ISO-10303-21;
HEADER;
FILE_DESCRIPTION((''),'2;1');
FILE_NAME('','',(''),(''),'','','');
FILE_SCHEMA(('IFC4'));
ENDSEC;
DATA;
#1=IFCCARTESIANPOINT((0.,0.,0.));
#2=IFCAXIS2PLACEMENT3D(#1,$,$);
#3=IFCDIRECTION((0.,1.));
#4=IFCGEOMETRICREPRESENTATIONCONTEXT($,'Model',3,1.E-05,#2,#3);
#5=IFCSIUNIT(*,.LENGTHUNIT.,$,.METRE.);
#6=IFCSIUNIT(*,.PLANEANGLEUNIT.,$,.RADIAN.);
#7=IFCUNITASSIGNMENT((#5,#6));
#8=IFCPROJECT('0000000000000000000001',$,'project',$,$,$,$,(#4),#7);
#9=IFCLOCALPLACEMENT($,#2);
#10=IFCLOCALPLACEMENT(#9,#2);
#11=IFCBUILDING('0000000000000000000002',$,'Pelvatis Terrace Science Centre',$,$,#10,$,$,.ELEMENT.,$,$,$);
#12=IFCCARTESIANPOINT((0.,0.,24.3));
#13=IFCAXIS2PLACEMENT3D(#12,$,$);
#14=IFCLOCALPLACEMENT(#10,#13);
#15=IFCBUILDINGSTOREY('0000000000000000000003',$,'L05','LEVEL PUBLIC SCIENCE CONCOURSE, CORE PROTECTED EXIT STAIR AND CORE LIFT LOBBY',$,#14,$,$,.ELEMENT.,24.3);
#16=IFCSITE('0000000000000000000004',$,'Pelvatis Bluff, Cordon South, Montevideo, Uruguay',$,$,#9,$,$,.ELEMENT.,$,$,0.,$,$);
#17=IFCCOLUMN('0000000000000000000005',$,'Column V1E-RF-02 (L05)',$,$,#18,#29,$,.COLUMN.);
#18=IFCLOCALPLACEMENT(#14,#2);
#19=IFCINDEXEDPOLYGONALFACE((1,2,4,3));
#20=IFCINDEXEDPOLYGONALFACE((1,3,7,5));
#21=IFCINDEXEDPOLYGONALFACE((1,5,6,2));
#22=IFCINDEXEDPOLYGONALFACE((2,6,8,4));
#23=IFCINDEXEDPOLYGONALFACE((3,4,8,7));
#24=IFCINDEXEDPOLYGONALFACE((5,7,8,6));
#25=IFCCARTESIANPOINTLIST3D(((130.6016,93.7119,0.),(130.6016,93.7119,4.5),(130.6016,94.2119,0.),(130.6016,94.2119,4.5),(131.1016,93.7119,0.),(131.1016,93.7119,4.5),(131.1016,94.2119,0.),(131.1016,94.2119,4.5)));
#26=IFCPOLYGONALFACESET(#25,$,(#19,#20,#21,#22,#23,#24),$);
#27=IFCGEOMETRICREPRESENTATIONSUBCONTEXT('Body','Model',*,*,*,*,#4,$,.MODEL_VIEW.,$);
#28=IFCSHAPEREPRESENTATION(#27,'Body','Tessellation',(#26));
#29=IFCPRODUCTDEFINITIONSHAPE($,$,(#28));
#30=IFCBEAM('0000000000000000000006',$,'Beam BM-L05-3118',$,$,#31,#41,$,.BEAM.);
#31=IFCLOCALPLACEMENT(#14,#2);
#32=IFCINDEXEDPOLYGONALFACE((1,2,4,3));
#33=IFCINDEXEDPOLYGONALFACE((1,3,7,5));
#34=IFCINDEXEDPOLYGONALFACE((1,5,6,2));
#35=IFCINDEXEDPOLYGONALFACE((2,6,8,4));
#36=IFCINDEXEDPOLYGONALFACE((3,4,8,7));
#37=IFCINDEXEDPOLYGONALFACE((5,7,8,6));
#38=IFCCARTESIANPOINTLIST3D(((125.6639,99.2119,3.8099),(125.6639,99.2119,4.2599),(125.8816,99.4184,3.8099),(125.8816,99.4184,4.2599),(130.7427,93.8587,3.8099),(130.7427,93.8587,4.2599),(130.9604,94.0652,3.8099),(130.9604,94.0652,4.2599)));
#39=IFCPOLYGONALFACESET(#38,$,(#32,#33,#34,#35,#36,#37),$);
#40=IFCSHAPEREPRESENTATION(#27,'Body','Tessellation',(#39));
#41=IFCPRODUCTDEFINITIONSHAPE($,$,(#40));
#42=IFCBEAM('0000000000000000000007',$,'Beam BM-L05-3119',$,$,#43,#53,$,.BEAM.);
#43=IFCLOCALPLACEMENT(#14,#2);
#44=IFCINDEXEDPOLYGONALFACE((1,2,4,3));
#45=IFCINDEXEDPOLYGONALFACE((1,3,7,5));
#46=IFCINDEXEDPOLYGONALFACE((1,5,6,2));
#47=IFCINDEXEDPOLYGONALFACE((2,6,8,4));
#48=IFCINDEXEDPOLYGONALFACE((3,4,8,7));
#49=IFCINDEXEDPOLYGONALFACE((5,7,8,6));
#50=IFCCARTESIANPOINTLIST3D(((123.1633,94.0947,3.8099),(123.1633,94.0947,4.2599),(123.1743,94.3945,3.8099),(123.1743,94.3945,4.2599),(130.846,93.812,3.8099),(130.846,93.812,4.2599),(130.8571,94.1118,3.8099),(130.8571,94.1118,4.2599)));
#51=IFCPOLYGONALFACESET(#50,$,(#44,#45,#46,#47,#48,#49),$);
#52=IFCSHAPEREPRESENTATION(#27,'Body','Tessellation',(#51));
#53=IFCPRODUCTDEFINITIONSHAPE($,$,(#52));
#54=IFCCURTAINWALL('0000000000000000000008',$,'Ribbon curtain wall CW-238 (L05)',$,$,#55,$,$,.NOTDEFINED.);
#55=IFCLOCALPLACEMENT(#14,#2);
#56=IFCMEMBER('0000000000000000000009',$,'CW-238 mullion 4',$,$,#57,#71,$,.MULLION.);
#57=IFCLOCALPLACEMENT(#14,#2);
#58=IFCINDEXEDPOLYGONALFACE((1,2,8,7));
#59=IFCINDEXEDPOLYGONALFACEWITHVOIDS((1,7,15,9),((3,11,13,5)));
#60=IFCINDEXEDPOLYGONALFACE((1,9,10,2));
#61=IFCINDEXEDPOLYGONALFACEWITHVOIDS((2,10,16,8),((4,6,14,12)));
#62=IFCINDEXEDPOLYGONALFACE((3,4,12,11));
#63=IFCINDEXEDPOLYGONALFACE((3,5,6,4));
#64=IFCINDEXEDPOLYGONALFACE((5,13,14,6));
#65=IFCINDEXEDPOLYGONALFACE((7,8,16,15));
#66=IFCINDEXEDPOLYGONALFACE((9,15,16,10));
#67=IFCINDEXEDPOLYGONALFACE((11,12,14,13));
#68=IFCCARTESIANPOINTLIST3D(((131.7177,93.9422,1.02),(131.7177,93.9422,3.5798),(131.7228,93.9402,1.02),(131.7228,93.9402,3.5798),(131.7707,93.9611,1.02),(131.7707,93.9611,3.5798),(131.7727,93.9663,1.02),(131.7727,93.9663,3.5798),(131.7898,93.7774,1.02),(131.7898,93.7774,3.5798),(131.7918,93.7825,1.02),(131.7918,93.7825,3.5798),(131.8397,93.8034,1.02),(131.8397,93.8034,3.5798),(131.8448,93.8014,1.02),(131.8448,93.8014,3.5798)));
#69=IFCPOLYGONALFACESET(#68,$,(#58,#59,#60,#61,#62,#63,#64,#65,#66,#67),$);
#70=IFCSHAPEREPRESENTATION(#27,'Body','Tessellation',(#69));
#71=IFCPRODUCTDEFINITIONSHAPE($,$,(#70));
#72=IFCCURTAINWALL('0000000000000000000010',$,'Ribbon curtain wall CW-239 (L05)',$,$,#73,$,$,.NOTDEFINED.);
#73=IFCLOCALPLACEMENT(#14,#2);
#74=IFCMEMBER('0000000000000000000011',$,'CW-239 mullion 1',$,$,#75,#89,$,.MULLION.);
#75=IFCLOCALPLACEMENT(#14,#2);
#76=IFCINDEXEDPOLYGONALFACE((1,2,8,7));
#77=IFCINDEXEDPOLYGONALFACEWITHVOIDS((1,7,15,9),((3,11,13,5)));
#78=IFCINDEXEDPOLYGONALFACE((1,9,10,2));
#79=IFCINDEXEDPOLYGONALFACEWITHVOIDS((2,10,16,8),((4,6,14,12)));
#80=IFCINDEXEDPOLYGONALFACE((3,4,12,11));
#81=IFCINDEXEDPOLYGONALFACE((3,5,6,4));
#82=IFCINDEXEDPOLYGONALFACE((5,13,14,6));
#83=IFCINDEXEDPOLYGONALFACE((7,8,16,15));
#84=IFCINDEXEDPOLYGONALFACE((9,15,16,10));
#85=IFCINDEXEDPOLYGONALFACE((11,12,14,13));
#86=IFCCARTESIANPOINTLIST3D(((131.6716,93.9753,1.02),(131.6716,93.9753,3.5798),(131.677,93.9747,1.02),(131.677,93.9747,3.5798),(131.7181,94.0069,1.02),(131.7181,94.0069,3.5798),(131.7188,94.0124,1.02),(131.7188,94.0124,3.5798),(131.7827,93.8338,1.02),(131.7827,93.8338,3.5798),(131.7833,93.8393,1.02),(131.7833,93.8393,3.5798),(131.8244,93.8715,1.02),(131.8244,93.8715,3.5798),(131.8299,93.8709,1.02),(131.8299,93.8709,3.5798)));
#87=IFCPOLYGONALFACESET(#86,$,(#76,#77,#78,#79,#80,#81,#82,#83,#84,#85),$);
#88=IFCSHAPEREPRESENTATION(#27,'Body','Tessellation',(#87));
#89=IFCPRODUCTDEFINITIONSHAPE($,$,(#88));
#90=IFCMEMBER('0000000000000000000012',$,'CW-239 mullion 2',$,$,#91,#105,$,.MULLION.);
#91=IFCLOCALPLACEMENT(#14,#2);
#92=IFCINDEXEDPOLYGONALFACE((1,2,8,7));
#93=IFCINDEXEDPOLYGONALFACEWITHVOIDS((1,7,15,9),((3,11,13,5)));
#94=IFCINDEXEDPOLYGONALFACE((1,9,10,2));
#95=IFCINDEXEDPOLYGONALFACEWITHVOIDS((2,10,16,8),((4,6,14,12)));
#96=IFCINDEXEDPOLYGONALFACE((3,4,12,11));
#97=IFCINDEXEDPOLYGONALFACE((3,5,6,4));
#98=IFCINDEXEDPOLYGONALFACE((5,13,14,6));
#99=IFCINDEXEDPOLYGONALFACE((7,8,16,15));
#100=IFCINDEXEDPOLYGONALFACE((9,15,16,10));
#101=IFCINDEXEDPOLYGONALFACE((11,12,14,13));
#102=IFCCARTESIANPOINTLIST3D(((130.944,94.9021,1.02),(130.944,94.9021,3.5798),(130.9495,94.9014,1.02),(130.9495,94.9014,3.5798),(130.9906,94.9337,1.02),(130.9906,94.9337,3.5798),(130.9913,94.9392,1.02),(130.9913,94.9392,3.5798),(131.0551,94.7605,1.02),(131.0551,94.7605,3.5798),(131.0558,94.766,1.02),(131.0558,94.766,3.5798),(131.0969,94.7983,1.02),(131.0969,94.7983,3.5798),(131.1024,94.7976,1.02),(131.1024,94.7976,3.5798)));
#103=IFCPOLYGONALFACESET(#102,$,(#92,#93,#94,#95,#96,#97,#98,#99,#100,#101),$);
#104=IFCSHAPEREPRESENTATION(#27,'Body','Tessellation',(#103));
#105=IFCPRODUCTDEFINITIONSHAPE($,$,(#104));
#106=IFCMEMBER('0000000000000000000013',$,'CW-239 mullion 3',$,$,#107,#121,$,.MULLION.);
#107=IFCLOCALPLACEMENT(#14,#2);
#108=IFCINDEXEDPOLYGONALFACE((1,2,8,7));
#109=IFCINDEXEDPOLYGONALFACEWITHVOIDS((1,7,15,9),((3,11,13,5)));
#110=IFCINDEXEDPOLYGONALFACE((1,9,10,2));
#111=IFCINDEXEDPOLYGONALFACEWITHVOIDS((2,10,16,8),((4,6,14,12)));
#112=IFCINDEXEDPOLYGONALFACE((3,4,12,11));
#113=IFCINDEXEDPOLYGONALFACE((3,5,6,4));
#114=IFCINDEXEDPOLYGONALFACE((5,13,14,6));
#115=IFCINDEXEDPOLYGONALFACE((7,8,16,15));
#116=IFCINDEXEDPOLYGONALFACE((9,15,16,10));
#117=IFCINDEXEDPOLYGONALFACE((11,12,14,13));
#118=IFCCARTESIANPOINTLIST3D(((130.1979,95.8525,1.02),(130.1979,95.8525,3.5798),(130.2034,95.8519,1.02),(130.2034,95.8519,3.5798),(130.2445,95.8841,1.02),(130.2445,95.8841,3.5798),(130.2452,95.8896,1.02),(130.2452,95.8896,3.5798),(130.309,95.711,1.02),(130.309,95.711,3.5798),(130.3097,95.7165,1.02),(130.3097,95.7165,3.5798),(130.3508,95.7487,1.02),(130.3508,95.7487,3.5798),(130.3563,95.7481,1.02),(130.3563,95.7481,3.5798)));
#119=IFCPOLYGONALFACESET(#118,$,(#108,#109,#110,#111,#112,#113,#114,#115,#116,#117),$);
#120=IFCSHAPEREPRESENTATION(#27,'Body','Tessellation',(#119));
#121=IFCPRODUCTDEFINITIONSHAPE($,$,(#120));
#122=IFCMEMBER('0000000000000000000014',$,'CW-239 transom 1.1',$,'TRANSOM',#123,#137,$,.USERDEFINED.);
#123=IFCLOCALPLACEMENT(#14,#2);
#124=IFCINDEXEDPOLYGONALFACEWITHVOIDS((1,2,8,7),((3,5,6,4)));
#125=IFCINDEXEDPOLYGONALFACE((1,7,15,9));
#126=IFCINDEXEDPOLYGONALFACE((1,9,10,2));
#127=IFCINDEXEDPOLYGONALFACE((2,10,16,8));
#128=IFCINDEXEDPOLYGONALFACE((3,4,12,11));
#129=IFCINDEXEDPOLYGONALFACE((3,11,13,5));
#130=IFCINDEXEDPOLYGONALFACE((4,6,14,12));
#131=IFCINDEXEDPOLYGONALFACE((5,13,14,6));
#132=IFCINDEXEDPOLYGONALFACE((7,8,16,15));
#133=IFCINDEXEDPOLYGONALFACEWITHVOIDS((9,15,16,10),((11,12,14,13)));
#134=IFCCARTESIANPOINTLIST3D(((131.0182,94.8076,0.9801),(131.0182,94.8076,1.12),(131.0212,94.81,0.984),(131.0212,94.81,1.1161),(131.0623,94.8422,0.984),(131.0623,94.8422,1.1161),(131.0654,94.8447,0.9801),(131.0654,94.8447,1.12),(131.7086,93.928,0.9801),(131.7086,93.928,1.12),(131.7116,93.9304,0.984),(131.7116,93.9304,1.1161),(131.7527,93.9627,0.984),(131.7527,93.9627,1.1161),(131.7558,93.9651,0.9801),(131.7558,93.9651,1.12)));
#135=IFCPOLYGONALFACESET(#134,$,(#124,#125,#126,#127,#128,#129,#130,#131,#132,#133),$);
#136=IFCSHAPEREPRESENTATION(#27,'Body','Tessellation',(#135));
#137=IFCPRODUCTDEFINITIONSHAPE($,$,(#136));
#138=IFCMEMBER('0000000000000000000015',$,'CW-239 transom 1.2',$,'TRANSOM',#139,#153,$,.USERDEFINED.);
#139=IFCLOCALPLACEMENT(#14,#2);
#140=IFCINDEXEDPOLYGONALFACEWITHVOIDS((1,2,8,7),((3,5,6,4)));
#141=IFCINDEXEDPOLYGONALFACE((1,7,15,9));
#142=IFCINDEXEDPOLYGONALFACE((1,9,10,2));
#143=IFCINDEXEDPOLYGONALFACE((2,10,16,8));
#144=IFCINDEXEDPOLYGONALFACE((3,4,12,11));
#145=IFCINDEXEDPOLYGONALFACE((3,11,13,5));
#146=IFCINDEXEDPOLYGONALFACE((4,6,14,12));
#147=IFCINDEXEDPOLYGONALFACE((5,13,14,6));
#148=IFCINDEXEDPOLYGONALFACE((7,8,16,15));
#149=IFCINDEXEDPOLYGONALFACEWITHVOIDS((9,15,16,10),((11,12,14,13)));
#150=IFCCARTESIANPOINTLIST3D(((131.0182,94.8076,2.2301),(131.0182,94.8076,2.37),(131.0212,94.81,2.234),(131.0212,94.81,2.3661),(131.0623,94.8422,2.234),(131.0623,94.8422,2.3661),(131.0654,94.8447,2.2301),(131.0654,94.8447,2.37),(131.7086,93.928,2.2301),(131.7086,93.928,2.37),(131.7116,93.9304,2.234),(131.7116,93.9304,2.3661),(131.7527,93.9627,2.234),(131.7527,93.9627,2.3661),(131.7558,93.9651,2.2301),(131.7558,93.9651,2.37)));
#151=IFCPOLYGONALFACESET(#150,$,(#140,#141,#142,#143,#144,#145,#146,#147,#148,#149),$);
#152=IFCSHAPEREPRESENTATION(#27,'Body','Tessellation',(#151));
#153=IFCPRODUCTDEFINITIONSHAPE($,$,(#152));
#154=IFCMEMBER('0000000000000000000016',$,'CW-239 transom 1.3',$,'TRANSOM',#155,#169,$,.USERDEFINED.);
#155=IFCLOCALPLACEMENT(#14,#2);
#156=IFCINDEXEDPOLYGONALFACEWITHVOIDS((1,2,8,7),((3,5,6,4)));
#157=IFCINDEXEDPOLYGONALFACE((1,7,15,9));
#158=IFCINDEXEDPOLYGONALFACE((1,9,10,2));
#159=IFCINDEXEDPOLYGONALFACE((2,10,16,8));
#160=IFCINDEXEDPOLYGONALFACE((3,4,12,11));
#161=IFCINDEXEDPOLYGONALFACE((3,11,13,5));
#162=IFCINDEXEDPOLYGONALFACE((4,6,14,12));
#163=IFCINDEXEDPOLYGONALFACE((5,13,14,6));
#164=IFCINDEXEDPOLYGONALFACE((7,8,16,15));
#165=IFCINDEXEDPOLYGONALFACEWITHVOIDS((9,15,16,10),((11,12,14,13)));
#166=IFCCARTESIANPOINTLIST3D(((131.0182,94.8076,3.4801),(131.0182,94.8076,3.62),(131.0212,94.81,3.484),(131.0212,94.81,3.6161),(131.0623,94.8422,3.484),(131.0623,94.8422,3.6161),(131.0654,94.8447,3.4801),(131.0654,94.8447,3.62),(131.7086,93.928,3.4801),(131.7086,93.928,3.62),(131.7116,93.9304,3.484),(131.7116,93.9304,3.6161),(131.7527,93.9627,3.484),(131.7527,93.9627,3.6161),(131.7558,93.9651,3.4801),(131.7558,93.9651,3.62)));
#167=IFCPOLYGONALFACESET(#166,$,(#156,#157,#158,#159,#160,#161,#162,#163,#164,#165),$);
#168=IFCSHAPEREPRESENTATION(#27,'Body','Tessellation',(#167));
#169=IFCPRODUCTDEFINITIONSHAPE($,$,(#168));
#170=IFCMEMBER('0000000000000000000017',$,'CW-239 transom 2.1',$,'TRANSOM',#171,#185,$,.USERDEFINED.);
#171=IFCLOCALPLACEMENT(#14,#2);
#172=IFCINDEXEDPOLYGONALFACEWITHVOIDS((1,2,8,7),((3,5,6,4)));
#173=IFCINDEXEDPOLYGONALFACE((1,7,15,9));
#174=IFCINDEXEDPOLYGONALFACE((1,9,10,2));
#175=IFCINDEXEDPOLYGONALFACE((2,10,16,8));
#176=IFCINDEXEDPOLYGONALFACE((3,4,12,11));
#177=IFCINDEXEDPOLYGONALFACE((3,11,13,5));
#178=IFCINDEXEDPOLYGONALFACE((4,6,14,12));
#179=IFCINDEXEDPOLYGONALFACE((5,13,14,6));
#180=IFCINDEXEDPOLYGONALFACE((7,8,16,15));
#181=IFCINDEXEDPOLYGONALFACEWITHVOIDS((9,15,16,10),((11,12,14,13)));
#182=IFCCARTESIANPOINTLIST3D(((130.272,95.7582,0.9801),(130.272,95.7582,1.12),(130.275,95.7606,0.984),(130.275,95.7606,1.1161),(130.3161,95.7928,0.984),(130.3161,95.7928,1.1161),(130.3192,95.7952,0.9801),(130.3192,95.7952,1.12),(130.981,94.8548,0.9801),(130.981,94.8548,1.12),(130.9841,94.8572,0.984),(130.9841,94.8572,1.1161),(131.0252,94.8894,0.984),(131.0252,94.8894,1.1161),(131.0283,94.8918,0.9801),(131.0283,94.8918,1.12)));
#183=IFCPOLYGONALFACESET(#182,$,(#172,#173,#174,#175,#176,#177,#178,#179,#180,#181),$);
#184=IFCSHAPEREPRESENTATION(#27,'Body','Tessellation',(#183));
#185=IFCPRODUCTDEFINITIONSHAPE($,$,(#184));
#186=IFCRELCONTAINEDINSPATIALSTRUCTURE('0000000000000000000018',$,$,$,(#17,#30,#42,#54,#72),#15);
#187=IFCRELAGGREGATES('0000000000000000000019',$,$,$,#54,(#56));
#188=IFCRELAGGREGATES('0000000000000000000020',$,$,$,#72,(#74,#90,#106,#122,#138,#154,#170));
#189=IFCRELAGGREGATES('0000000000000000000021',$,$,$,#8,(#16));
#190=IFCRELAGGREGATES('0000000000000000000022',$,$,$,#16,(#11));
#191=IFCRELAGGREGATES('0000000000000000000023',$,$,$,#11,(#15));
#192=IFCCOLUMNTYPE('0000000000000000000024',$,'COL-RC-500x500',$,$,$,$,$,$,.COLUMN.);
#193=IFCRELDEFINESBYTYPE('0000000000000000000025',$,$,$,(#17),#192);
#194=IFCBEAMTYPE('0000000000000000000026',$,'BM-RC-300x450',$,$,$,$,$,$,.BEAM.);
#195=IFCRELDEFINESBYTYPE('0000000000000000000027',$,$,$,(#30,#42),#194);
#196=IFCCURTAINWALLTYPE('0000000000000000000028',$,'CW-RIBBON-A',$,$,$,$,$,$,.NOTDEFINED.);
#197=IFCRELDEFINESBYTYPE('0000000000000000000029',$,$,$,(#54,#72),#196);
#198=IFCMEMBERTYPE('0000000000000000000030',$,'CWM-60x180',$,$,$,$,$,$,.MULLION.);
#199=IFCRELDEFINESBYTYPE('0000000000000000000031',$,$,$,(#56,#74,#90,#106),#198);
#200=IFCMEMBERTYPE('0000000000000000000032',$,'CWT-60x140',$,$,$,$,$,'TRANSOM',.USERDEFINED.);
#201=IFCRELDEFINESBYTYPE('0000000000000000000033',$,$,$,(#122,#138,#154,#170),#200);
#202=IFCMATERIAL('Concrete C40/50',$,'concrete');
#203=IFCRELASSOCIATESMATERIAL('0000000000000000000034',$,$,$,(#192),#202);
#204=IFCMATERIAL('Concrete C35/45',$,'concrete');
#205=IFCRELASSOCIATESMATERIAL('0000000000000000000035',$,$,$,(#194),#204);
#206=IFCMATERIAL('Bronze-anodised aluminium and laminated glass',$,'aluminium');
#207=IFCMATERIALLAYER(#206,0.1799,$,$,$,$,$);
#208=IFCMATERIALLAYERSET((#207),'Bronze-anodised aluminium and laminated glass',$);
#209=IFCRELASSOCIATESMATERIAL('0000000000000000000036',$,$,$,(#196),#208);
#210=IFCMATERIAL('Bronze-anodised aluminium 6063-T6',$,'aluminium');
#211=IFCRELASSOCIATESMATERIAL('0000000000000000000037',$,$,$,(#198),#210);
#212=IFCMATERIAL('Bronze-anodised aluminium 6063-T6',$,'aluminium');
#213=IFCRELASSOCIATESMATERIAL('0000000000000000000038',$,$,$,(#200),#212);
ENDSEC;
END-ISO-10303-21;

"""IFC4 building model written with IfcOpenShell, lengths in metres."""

from ifc_helpers import new_model, si_unit, direction, frame, origin, origin_2d, place, context, subcontext, project, spatial, rectangle, hollow_rectangle, extrude, material, layer, layer_set, material_profile, profile_set, type_object, element, aggregate, save


model = new_model("IFC4")

# Units and contexts
model_context = context("Model", 3, precision=1e-05, world=origin(), true_north=direction((0.0, 1.0)))
body_context = subcontext(model_context, "Body", "Model", "MODEL_VIEW")
ifc_project = project(units=[si_unit("LENGTHUNIT", "METRE"), si_unit("PLANEANGLEUNIT", "RADIAN")], contexts=[model_context])

# Site, building, storey
site_placement = place(None, origin())
site = spatial("IfcSite", under=ifc_project, at=site_placement, Name="Pelvatis Bluff, Cordon South, Montevideo, Uruguay", CompositionType="ELEMENT", RefElevation=0.0)
building_placement = place(site_placement, origin())
building = spatial("IfcBuilding", under=site, at=building_placement, Name="Pelvatis Terrace Science Centre", CompositionType="ELEMENT")
storey_placement = place(building_placement, frame((0.0, 0.0, 24.3)))
storey = spatial("IfcBuildingStorey", under=building, at=storey_placement, Name="L05", Description="LEVEL PUBLIC SCIENCE CONCOURSE, CORE PROTECTED EXIT STAIR AND CORE LIFT LOBBY", CompositionType="ELEMENT", Elevation=24.3)

# Column
ifc_material_1 = material(Name="Concrete C40/50", Category="concrete")
ifc_material_profile_1 = material_profile(ifc_material_1, rectangle(XDim=0.5, YDim=0.5, at=origin_2d()), Name="RC-COL 500x500")
ifc_profile_set_1 = profile_set([ifc_material_profile_1], Name="Concrete C40/50")
column_type = type_object("IfcColumnType", Name="COL-RC-500x500", PredefinedType="COLUMN", material=ifc_profile_set_1)
column_placement = place(storey_placement, frame((130.8516, 93.9619, 0.0), z_axis=(0.0, 0.0, 1.0), x_axis=(1.0, 0.0, 0.0)))
element("IfcColumn", 1, at=column_placement, inside=storey, type_object=column_type, Name="Column V1E-RF-02 (L05)", PredefinedType="COLUMN", context=body_context, shape_type="SweptSolid", body=[
    extrude(rectangle(XDim=0.5, YDim=0.5, at=origin_2d()), origin(), (0.0, 0.0, 1.0), 4.5),
])

# Beams
ifc_material_2 = material(Name="Concrete C35/45", Category="concrete")
ifc_material_profile_2 = material_profile(ifc_material_2, rectangle(XDim=0.3, YDim=0.45, at=origin_2d()), Name="RC-BM 300x450")
ifc_profile_set_2 = profile_set([ifc_material_profile_2], Name="Concrete C35/45")
beam_type = type_object("IfcBeamType", Name="BM-RC-300x450", PredefinedType="BEAM", material=ifc_profile_set_2)
beam_1_placement = place(storey_placement, frame((130.8516, 93.9619, 4.0349), z_axis=(-0.688268, 0.725456, 0.0), x_axis=(-0.725456, -0.688268, 0.0)))
element("IfcBeam", 2, at=beam_1_placement, inside=storey, type_object=beam_type, Name="Beam BM-L05-3118", PredefinedType="BEAM", context=body_context, shape_type="SweptSolid", body=[
    extrude(rectangle(XDim=0.3, YDim=0.45, at=origin_2d()), origin(), (0.0, 0.0, 1.0), 7.3792),
])
beam_2_placement = place(storey_placement, frame((130.8516, 93.9619, 4.0349), z_axis=(-0.999324, 0.036773, 0.0), x_axis=(-0.036773, -0.999324, 0.0)))
element("IfcBeam", 3, at=beam_2_placement, inside=storey, type_object=beam_type, Name="Beam BM-L05-3119", PredefinedType="BEAM", context=body_context, shape_type="SweptSolid", body=[
    extrude(rectangle(XDim=0.3, YDim=0.45, at=origin_2d()), origin(), (0.0, 0.0, 1.0), 7.688),
])

# Curtain wall, member
ifc_material_3 = material(Name="Bronze-anodised aluminium and laminated glass", Category="aluminium")
ifc_layer_1 = layer(ifc_material_3, 0.1799)
ifc_layer_set_1 = layer_set([ifc_layer_1], Name="Bronze-anodised aluminium and laminated glass")
curtain_wall_type = type_object("IfcCurtainWallType", Name="CW-RIBBON-A", PredefinedType="NOTDEFINED", material=ifc_layer_set_1)
curtain_wall_1_placement = place(storey_placement, origin())
curtain_wall_1 = element("IfcCurtainWall", 4, at=curtain_wall_1_placement, inside=storey, type_object=curtain_wall_type, Name="Ribbon curtain wall CW-238 (L05)", PredefinedType="NOTDEFINED")
ifc_material_4 = material(Name="Bronze-anodised aluminium 6063-T6", Category="aluminium")
ifc_material_profile_3 = material_profile(ifc_material_4, hollow_rectangle(XDim=0.0601, YDim=0.1799, WallThickness=0.0039, at=origin_2d()), Name="ALU-MUL 60x180")
ifc_profile_set_3 = profile_set([ifc_material_profile_3], Name="Bronze-anodised aluminium 6063-T6")
member_type_1 = type_object("IfcMemberType", Name="CWM-60x180", PredefinedType="MULLION", material=ifc_profile_set_3)
member_1_placement = place(storey_placement, frame((131.7812, 93.8718, 1.02), z_axis=(0.0, 0.0, 1.0), x_axis=(-0.916275, -0.40055, 0.0)))
member_1 = element("IfcMember", 5, at=member_1_placement, type_object=member_type_1, Name="CW-238 mullion 4", PredefinedType="MULLION", context=body_context, shape_type="SweptSolid", body=[
    extrude(hollow_rectangle(XDim=0.0601, YDim=0.1799, WallThickness=0.0039, at=origin_2d()), origin(), (0.0, 0.0, 1.0), 2.5598),
])

# Curtain wall, members
curtain_wall_2_placement = place(storey_placement, origin())
curtain_wall_2 = element("IfcCurtainWall", 6, at=curtain_wall_2_placement, inside=storey, type_object=curtain_wall_type, Name="Ribbon curtain wall CW-239 (L05)", PredefinedType="NOTDEFINED")
member_2_placement = place(storey_placement, frame((131.7507, 93.9231, 1.02), z_axis=(0.0, 0.0, 1.0), x_axis=(-0.786577, -0.617493, 0.0)))
member_2 = element("IfcMember", 7, at=member_2_placement, type_object=member_type_1, Name="CW-239 mullion 1", PredefinedType="MULLION", context=body_context, shape_type="SweptSolid", body=[
    extrude(hollow_rectangle(XDim=0.0601, YDim=0.1799, WallThickness=0.0039, at=origin_2d()), origin(), (0.0, 0.0, 1.0), 2.5598),
])
member_3_placement = place(storey_placement, frame((131.0232, 94.8499, 1.02), z_axis=(0.0, 0.0, 1.0), x_axis=(-0.786577, -0.617493, 0.0)))
member_3 = element("IfcMember", 8, at=member_3_placement, type_object=member_type_1, Name="CW-239 mullion 2", PredefinedType="MULLION", context=body_context, shape_type="SweptSolid", body=[
    extrude(hollow_rectangle(XDim=0.0601, YDim=0.1799, WallThickness=0.0039, at=origin_2d()), origin(), (0.0, 0.0, 1.0), 2.5598),
])
member_4_placement = place(storey_placement, frame((130.2771, 95.8003, 1.02), z_axis=(0.0, 0.0, 1.0), x_axis=(-0.786577, -0.617493, 0.0)))
member_4 = element("IfcMember", 9, at=member_4_placement, type_object=member_type_1, Name="CW-239 mullion 3", PredefinedType="MULLION", context=body_context, shape_type="SweptSolid", body=[
    extrude(hollow_rectangle(XDim=0.0601, YDim=0.1799, WallThickness=0.0039, at=origin_2d()), origin(), (0.0, 0.0, 1.0), 2.5598),
])
ifc_material_5 = material(Name="Bronze-anodised aluminium 6063-T6", Category="aluminium")
ifc_material_profile_4 = material_profile(ifc_material_5, hollow_rectangle(XDim=0.0601, YDim=0.1399, WallThickness=0.0039, at=origin_2d()), Name="ALU-TRN 60x140")
ifc_profile_set_4 = profile_set([ifc_material_profile_4], Name="Bronze-anodised aluminium 6063-T6")
member_type_2 = type_object("IfcMemberType", Name="CWT-60x140", ElementType="TRANSOM", PredefinedType="USERDEFINED", material=ifc_profile_set_4)
member_5_placement = place(storey_placement, frame((131.7322, 93.9465, 1.05), z_axis=(-0.617426, 0.786629, 0.0), x_axis=(-0.786629, -0.617426, 0.0)))
member_5 = element("IfcMember", 10, at=member_5_placement, type_object=member_type_2, Name="CW-239 transom 1.1", ObjectType="TRANSOM", PredefinedType="USERDEFINED", context=body_context, shape_type="SweptSolid", body=[
    extrude(hollow_rectangle(XDim=0.0601, YDim=0.1399, WallThickness=0.0039, at=origin_2d()), origin(), (0.0, 0.0, 1.0), 1.1182),
])
member_6_placement = place(storey_placement, frame((131.7322, 93.9465, 2.3), z_axis=(-0.617426, 0.786629, 0.0), x_axis=(-0.786629, -0.617426, 0.0)))
member_6 = element("IfcMember", 11, at=member_6_placement, type_object=member_type_2, Name="CW-239 transom 1.2", ObjectType="TRANSOM", PredefinedType="USERDEFINED", context=body_context, shape_type="SweptSolid", body=[
    extrude(hollow_rectangle(XDim=0.0601, YDim=0.1399, WallThickness=0.0039, at=origin_2d()), origin(), (0.0, 0.0, 1.0), 1.1182),
])
member_7_placement = place(storey_placement, frame((131.7322, 93.9465, 3.55), z_axis=(-0.617426, 0.786629, 0.0), x_axis=(-0.786629, -0.617426, 0.0)))
member_7 = element("IfcMember", 12, at=member_7_placement, type_object=member_type_2, Name="CW-239 transom 1.3", ObjectType="TRANSOM", PredefinedType="USERDEFINED", context=body_context, shape_type="SweptSolid", body=[
    extrude(hollow_rectangle(XDim=0.0601, YDim=0.1399, WallThickness=0.0039, at=origin_2d()), origin(), (0.0, 0.0, 1.0), 1.1182),
])
member_8_placement = place(storey_placement, frame((131.0046, 94.8733, 1.05), z_axis=(-0.617408, 0.786643, 0.0), x_axis=(-0.786643, -0.617408, 0.0)))
member_8 = element("IfcMember", 13, at=member_8_placement, type_object=member_type_2, Name="CW-239 transom 2.1", ObjectType="TRANSOM", PredefinedType="USERDEFINED", context=body_context, shape_type="SweptSolid", body=[
    extrude(hollow_rectangle(XDim=0.0601, YDim=0.1399, WallThickness=0.0039, at=origin_2d()), origin(), (0.0, 0.0, 1.0), 1.1484),
])

aggregate(curtain_wall_1, [member_1])
aggregate(curtain_wall_2, [member_2, member_3, member_4, member_5, member_6, member_7, member_8])

save(model, "model.ifc")
